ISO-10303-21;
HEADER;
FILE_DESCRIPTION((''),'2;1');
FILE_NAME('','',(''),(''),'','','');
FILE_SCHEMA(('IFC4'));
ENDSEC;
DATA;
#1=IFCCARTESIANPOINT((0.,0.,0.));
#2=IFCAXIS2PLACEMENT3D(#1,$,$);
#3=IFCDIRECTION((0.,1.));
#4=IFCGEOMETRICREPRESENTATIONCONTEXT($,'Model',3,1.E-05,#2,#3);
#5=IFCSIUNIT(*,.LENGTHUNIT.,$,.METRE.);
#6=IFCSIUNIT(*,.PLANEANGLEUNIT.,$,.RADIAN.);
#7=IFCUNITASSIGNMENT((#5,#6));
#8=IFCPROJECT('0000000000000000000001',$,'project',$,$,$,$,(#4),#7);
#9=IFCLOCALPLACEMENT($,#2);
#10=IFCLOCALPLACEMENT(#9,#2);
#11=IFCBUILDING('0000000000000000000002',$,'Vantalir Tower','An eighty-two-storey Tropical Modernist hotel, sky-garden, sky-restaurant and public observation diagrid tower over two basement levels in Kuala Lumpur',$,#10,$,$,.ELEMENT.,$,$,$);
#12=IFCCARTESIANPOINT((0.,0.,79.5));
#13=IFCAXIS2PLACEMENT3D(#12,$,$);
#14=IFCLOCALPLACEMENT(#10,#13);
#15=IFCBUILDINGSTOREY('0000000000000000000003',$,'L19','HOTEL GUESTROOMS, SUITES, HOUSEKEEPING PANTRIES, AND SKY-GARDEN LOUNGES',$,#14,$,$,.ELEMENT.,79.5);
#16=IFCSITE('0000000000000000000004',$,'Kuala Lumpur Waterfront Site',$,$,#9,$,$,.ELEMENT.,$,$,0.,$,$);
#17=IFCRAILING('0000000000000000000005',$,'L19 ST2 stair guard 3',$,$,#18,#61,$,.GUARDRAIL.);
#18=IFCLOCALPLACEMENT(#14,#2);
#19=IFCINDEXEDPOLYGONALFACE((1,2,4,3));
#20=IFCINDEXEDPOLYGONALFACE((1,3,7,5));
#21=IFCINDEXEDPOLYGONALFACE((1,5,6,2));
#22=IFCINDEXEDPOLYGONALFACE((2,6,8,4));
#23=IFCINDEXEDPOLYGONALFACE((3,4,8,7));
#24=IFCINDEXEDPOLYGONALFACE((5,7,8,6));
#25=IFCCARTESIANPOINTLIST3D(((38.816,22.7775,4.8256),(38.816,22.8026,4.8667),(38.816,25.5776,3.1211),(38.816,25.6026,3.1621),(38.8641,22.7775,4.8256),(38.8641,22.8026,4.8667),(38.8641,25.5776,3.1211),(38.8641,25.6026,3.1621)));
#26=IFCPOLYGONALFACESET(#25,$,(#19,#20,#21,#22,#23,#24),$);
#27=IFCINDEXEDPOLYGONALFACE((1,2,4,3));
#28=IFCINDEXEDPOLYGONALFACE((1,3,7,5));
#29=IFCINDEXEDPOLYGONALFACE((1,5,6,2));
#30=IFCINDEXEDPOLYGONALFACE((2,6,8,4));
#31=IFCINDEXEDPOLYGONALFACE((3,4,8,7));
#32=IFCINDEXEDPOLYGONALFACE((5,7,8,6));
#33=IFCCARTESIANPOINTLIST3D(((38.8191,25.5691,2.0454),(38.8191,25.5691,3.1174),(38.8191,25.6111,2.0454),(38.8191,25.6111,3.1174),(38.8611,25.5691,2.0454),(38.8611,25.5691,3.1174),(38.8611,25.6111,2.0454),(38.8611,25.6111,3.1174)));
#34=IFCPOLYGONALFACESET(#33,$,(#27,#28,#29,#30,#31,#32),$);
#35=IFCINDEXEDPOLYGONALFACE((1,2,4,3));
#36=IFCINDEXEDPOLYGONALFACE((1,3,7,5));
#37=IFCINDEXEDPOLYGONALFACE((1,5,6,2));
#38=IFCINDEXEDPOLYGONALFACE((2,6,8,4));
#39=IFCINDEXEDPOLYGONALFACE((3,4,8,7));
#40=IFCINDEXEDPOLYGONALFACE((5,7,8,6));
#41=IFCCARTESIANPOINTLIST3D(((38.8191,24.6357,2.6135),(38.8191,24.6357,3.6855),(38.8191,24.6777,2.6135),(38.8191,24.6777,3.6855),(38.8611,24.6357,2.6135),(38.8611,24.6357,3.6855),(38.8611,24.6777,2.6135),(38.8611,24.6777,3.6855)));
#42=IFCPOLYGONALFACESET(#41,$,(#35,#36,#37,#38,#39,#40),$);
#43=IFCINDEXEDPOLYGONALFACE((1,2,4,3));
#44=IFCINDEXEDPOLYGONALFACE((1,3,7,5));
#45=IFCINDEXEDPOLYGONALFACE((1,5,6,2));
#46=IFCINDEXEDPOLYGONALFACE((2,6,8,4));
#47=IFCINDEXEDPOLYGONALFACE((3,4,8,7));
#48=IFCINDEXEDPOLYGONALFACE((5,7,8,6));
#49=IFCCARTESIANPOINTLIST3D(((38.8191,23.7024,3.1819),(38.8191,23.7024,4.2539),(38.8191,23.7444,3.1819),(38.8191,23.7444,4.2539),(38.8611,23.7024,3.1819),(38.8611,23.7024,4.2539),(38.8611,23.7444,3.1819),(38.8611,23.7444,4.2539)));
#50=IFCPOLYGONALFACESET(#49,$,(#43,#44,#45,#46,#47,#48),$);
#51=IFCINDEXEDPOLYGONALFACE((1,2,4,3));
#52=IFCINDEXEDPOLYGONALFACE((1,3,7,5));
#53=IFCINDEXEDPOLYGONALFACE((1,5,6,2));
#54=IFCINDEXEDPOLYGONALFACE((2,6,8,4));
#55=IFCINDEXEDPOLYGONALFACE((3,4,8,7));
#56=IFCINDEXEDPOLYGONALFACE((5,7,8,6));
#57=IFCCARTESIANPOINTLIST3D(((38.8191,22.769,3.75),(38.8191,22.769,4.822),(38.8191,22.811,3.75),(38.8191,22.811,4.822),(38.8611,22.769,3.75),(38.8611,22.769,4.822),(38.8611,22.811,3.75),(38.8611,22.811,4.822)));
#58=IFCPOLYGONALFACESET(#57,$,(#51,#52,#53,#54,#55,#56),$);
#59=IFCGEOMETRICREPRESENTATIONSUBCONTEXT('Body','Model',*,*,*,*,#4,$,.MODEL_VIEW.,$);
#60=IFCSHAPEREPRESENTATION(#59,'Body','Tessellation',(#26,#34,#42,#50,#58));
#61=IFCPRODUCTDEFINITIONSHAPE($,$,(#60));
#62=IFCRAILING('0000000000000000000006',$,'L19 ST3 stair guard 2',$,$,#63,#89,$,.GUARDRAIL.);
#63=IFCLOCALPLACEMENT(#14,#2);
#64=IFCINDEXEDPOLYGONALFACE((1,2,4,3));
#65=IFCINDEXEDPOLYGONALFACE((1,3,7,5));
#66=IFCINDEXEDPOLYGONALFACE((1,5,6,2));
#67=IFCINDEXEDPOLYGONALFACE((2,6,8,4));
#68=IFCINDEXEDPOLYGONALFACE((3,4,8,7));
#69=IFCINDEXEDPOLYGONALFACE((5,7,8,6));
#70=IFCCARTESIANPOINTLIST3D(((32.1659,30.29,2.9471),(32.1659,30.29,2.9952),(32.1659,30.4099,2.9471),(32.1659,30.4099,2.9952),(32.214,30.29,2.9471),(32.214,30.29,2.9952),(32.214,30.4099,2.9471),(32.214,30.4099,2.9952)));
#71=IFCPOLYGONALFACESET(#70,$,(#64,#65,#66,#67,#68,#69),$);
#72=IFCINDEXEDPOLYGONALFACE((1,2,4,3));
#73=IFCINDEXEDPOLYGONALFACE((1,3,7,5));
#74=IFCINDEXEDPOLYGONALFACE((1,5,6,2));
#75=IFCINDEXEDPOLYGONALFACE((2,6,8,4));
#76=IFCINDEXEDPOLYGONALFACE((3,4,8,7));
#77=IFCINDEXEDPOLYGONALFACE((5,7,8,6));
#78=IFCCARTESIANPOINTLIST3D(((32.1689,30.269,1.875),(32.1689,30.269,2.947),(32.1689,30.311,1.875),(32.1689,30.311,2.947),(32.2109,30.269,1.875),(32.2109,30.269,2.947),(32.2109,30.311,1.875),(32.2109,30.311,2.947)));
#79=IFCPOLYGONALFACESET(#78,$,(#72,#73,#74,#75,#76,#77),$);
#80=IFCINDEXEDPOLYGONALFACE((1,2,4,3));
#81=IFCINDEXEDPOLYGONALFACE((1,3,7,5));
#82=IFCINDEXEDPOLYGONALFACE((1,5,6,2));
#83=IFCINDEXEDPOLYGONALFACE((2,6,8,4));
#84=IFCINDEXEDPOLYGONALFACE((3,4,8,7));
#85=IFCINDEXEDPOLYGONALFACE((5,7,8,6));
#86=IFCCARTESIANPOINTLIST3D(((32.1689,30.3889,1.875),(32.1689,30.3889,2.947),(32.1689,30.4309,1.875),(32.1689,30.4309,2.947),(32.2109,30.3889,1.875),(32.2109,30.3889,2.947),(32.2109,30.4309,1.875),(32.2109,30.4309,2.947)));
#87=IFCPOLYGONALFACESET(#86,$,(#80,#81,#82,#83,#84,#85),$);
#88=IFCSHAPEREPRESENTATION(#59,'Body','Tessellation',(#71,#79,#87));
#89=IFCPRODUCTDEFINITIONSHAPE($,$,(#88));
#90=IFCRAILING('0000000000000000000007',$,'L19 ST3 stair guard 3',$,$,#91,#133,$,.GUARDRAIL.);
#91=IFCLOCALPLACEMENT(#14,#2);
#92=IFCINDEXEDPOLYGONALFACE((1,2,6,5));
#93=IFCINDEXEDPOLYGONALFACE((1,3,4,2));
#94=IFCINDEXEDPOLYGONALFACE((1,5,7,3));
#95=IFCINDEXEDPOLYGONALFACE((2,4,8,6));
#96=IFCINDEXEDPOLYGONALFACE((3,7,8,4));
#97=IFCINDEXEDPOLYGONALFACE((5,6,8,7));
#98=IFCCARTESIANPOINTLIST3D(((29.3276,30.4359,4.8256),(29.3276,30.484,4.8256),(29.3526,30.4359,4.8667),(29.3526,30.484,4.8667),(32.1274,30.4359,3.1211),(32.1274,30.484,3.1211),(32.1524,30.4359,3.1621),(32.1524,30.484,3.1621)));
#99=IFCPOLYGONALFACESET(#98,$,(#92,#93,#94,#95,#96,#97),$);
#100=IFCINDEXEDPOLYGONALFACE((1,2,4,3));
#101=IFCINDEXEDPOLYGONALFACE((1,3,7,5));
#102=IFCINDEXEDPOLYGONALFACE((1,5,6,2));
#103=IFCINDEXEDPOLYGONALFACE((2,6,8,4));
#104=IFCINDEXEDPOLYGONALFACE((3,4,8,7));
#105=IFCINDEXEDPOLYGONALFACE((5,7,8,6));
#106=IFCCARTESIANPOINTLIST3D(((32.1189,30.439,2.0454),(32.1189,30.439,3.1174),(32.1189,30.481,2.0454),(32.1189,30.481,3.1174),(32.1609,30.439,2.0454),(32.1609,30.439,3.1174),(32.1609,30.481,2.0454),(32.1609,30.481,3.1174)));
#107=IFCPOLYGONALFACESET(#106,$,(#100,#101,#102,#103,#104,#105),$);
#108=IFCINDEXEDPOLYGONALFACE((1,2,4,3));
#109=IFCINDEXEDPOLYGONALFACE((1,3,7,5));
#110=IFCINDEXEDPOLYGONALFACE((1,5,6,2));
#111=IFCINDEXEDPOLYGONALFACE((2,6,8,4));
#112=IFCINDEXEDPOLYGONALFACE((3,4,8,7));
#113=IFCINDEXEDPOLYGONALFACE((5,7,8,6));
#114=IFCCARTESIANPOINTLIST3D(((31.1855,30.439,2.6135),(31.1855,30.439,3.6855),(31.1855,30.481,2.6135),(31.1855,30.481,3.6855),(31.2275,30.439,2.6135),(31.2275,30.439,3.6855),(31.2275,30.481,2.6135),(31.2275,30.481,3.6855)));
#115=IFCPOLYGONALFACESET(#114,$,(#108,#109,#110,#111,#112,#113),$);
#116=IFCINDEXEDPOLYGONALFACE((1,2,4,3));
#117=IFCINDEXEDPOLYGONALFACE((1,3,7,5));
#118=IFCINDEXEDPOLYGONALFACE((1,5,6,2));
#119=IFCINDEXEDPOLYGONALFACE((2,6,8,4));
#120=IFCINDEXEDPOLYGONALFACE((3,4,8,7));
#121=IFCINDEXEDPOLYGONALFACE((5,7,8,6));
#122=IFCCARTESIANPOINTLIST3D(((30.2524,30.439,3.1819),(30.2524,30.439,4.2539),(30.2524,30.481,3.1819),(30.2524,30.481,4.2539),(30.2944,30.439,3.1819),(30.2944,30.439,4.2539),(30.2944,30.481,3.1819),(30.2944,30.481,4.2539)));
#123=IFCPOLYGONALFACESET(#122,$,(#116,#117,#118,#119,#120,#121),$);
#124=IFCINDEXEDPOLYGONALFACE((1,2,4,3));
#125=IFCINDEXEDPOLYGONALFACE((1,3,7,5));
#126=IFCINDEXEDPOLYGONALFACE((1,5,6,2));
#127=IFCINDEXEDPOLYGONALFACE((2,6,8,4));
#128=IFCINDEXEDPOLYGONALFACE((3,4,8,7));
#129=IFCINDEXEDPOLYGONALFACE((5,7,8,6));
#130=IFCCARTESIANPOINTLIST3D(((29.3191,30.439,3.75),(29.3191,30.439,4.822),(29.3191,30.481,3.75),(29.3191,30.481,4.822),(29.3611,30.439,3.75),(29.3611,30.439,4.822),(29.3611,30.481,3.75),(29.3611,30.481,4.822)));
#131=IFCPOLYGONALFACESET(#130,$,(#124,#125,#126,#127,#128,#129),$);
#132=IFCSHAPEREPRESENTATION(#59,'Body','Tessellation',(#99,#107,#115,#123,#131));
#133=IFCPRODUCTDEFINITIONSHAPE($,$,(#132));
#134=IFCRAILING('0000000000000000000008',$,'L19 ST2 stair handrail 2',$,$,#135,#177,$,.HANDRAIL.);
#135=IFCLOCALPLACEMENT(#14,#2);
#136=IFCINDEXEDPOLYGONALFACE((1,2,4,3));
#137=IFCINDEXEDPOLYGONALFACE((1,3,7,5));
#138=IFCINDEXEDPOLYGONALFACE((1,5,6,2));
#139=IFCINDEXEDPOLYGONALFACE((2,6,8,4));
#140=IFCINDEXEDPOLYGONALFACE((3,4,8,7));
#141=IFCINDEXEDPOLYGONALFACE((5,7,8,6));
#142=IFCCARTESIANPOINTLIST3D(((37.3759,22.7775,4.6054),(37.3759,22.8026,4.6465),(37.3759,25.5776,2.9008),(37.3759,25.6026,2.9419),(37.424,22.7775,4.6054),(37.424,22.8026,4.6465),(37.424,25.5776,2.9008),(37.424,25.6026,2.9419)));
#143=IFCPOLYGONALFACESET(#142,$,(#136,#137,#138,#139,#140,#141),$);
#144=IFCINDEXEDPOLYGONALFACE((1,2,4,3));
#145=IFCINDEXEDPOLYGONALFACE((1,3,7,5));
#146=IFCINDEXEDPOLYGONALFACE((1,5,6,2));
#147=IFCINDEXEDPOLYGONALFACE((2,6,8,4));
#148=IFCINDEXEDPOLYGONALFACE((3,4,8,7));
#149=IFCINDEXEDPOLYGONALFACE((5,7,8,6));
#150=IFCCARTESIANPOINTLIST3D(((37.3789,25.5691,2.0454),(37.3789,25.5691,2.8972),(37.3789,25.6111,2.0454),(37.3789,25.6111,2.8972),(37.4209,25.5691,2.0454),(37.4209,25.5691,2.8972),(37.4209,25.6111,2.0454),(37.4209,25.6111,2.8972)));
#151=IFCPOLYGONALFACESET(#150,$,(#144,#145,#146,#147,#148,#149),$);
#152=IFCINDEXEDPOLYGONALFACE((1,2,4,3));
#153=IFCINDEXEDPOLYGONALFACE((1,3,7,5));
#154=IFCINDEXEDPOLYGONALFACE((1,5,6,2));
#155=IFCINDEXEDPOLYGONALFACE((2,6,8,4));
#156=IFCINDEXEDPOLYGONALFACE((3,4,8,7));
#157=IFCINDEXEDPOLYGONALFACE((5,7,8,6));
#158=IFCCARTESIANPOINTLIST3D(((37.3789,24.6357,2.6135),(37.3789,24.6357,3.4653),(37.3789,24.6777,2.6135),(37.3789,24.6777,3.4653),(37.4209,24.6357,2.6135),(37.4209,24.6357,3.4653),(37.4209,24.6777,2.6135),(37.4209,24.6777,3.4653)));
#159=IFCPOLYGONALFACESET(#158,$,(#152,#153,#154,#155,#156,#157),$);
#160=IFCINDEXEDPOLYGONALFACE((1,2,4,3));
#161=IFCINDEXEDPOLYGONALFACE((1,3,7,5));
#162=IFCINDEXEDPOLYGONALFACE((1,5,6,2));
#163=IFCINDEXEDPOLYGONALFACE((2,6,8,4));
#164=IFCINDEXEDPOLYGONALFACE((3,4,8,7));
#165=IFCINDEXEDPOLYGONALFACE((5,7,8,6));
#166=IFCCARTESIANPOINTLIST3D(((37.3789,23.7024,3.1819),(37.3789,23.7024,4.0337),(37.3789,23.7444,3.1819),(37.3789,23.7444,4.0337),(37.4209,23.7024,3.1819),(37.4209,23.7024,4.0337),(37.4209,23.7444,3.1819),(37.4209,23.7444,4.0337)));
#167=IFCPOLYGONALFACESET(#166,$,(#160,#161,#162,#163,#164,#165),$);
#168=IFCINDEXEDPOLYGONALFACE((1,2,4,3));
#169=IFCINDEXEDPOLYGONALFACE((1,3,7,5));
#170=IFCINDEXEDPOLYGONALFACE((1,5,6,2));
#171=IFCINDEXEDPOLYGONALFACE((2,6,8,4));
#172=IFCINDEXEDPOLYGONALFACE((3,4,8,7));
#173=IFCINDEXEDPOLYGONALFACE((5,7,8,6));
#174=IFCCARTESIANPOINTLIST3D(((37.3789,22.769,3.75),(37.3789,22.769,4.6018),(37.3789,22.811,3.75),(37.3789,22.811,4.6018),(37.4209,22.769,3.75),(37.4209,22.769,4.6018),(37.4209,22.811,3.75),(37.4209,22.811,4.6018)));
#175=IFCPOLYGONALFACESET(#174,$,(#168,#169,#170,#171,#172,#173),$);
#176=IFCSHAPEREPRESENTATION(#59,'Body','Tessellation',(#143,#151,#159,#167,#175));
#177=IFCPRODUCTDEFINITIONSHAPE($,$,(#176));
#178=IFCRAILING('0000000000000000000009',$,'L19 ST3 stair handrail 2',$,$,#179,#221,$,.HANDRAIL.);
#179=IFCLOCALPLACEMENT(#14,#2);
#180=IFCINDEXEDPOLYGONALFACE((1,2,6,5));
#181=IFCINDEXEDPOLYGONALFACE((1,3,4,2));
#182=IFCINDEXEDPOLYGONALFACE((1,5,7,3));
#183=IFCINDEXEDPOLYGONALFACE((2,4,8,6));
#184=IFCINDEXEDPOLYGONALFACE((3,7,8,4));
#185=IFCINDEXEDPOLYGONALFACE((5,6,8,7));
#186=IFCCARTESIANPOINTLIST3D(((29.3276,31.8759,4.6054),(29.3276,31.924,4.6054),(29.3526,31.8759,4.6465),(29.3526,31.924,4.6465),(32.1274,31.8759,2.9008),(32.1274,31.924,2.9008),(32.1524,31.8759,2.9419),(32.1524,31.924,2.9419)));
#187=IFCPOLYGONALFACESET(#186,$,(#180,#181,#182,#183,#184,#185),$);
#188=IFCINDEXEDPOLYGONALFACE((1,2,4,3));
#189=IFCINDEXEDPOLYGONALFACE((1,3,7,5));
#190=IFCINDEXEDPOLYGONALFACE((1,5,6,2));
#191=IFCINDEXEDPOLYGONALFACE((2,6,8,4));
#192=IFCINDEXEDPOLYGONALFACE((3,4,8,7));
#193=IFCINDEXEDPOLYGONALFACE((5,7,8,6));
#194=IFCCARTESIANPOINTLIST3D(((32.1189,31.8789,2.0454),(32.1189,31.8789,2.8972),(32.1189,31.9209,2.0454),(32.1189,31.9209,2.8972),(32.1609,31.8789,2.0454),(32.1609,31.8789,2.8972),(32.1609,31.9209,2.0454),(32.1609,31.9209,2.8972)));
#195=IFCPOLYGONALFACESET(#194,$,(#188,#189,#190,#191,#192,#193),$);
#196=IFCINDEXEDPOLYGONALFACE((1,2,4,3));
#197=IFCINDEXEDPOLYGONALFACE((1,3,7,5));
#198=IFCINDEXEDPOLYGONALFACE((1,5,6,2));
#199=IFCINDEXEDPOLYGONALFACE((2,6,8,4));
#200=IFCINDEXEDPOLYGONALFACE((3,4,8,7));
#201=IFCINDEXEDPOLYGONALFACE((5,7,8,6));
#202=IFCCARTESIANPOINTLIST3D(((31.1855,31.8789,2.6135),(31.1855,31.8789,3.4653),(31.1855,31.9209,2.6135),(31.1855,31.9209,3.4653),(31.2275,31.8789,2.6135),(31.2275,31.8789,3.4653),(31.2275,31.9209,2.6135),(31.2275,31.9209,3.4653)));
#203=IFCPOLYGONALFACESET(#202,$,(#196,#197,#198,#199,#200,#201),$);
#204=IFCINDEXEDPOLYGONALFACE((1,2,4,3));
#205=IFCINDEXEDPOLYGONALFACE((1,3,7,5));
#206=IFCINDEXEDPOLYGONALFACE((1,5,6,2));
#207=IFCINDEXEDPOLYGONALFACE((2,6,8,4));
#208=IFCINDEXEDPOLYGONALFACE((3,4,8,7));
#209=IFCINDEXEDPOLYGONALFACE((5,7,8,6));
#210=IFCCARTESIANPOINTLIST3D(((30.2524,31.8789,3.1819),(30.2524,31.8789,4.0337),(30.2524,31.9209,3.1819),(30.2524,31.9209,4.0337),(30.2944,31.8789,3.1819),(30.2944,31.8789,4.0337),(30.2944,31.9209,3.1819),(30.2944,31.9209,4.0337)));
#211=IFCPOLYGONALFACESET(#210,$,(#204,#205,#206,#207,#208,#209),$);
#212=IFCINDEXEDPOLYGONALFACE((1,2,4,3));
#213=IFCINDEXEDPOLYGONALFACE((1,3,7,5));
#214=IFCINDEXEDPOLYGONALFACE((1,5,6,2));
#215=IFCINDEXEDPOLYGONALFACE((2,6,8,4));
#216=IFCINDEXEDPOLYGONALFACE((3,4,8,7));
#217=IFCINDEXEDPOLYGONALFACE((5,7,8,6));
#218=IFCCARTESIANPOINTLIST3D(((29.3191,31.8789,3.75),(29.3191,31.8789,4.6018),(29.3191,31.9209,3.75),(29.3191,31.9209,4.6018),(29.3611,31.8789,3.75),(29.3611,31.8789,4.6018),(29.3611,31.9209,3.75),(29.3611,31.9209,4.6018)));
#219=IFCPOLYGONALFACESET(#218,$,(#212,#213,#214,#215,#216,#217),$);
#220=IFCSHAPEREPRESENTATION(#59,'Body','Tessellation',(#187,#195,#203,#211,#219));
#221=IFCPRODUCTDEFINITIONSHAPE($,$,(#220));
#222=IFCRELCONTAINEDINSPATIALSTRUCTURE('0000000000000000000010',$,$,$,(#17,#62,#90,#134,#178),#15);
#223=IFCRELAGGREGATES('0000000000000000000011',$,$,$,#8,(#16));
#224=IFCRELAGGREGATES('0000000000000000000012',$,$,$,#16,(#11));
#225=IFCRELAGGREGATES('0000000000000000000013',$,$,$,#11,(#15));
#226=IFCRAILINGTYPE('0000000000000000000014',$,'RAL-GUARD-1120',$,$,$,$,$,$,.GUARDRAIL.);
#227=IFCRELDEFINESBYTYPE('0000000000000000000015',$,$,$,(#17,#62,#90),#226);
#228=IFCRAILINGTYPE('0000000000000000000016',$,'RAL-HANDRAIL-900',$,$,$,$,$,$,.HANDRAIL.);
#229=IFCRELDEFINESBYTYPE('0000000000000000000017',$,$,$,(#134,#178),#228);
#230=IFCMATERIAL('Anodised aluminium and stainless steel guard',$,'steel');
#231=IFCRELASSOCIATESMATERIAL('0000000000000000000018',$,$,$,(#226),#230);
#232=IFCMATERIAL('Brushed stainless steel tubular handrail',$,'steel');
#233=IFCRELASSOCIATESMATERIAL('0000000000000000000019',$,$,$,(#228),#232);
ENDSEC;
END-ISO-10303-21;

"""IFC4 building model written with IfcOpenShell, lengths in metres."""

from ifc_helpers import new_model, si_unit, direction, frame, origin, origin_2d, place, context, subcontext, project, spatial, rectangle, extrude, material, type_object, element, save


model = new_model("IFC4")

# Units and contexts
model_context = context("Model", 3, precision=1e-05, world=origin(), true_north=direction((0.0, 1.0)))
body_context = subcontext(model_context, "Body", "Model", "MODEL_VIEW")
ifc_project = project(units=[si_unit("LENGTHUNIT", "METRE"), si_unit("PLANEANGLEUNIT", "RADIAN")], contexts=[model_context])

# Site, building, storey
site_placement = place(None, origin())
site = spatial("IfcSite", under=ifc_project, at=site_placement, Name="Kuala Lumpur Waterfront Site", CompositionType="ELEMENT", RefElevation=0.0)
building_placement = place(site_placement, origin())
building = spatial("IfcBuilding", under=site, at=building_placement, Name="Vantalir Tower", Description="An eighty-two-storey Tropical Modernist hotel, sky-garden, sky-restaurant and public observation diagrid tower over two basement levels in Kuala Lumpur", CompositionType="ELEMENT")
storey_placement = place(building_placement, frame((0.0, 0.0, 79.5)))
storey = spatial("IfcBuildingStorey", under=building, at=storey_placement, Name="L19", Description="HOTEL GUESTROOMS, SUITES, HOUSEKEEPING PANTRIES, AND SKY-GARDEN LOUNGES", CompositionType="ELEMENT", Elevation=79.5)

# Railings
ifc_material_1 = material(Name="Anodised aluminium and stainless steel guard", Category="steel")
railing_type_1 = type_object("IfcRailingType", Name="RAL-GUARD-1120", PredefinedType="GUARDRAIL", material=ifc_material_1)
railing_1_placement = place(storey_placement, frame((38.8401, 25.5901, 2.0454)))
element("IfcRailing", 1, at=railing_1_placement, inside=storey, type_object=railing_type_1, Name="L19 ST2 stair guard 3", PredefinedType="GUARDRAIL", context=body_context, shape_type="SweptSolid", body=[
    extrude(rectangle(XDim=0.0481, YDim=0.0481, at=origin_2d()), frame((0.0, 0.0, 1.0962), z_axis=(0.0, -0.85417, 0.519994), x_axis=(1.0, 0.0, 0.0)), (0.0, 0.0, 1.0), 3.2781),
    extrude(rectangle(XDim=0.042, YDim=0.042, at=origin_2d()), origin(), (0.0, 0.0, 1.0), 1.072),
    extrude(rectangle(XDim=0.042, YDim=0.042, at=origin_2d()), frame((0.0, -0.9333, 0.5681)), (0.0, 0.0, 1.0), 1.072),
    extrude(rectangle(XDim=0.042, YDim=0.042, at=origin_2d()), frame((0.0, -1.8667, 1.1365)), (0.0, 0.0, 1.0), 1.072),
    extrude(rectangle(XDim=0.042, YDim=0.042, at=origin_2d()), frame((0.0, -2.8, 1.7046)), (0.0, 0.0, 1.0), 1.072),
])
railing_2_placement = place(storey_placement, frame((32.1899, 30.29, 1.875)))
element("IfcRailing", 2, at=railing_2_placement, inside=storey, type_object=railing_type_1, Name="L19 ST3 stair guard 2", PredefinedType="GUARDRAIL", context=body_context, shape_type="SweptSolid", body=[
    extrude(rectangle(XDim=0.0481, YDim=0.0481, at=origin_2d()), frame((0.0, 0.0, 1.0962), z_axis=(0.0, 1.0, 0.0), x_axis=(-1.0, 0.0, 0.0)), (0.0, 0.0, 1.0), 0.1199),
    extrude(rectangle(XDim=0.042, YDim=0.042, at=origin_2d()), origin(), (0.0, 0.0, 1.0), 1.072),
    extrude(rectangle(XDim=0.042, YDim=0.042, at=origin_2d()), frame((0.0, 0.1199, 0.0)), (0.0, 0.0, 1.0), 1.072),
])
railing_3_placement = place(storey_placement, frame((32.1399, 30.46, 2.0454)))
element("IfcRailing", 3, at=railing_3_placement, inside=storey, type_object=railing_type_1, Name="L19 ST3 stair guard 3", PredefinedType="GUARDRAIL", context=body_context, shape_type="SweptSolid", body=[
    extrude(rectangle(XDim=0.0481, YDim=0.0481, at=origin_2d()), frame((0.0, 0.0, 1.0962), z_axis=(-0.85415, 0.0, 0.520027), x_axis=(0.0, -1.0, 0.0)), (0.0, 0.0, 1.0), 3.2778),
    extrude(rectangle(XDim=0.042, YDim=0.042, at=origin_2d()), origin(), (0.0, 0.0, 1.0), 1.072),
    extrude(rectangle(XDim=0.042, YDim=0.042, at=origin_2d()), frame((-0.9333, 0.0, 0.5681)), (0.0, 0.0, 1.0), 1.072),
    extrude(rectangle(XDim=0.042, YDim=0.042, at=origin_2d()), frame((-1.8665, 0.0, 1.1365)), (0.0, 0.0, 1.0), 1.072),
    extrude(rectangle(XDim=0.042, YDim=0.042, at=origin_2d()), frame((-2.7998, 0.0, 1.7046)), (0.0, 0.0, 1.0), 1.072),
])
ifc_material_2 = material(Name="Brushed stainless steel tubular handrail", Category="steel")
railing_type_2 = type_object("IfcRailingType", Name="RAL-HANDRAIL-900", PredefinedType="HANDRAIL", material=ifc_material_2)
railing_4_placement = place(storey_placement, frame((37.3999, 25.5901, 2.0454)))
element("IfcRailing", 4, at=railing_4_placement, inside=storey, type_object=railing_type_2, Name="L19 ST2 stair handrail 2", PredefinedType="HANDRAIL", context=body_context, shape_type="SweptSolid", body=[
    extrude(rectangle(XDim=0.0481, YDim=0.0481, at=origin_2d()), frame((0.0, 0.0, 0.876), z_axis=(0.0, -0.85417, 0.519994), x_axis=(1.0, 0.0, 0.0)), (0.0, 0.0, 1.0), 3.2781),
    extrude(rectangle(XDim=0.042, YDim=0.042, at=origin_2d()), origin(), (0.0, 0.0, 1.0), 0.8518),
    extrude(rectangle(XDim=0.042, YDim=0.042, at=origin_2d()), frame((0.0, -0.9333, 0.5681)), (0.0, 0.0, 1.0), 0.8518),
    extrude(rectangle(XDim=0.042, YDim=0.042, at=origin_2d()), frame((0.0, -1.8667, 1.1365)), (0.0, 0.0, 1.0), 0.8518),
    extrude(rectangle(XDim=0.042, YDim=0.042, at=origin_2d()), frame((0.0, -2.8, 1.7046)), (0.0, 0.0, 1.0), 0.8518),
])
railing_5_placement = place(storey_placement, frame((32.1399, 31.8999, 2.0454)))
element("IfcRailing", 5, at=railing_5_placement, inside=storey, type_object=railing_type_2, Name="L19 ST3 stair handrail 2", PredefinedType="HANDRAIL", context=body_context, shape_type="SweptSolid", body=[
    extrude(rectangle(XDim=0.0481, YDim=0.0481, at=origin_2d()), frame((0.0, 0.0, 0.876), z_axis=(-0.85415, 0.0, 0.520027), x_axis=(0.0, -1.0, 0.0)), (0.0, 0.0, 1.0), 3.2778),
    extrude(rectangle(XDim=0.042, YDim=0.042, at=origin_2d()), origin(), (0.0, 0.0, 1.0), 0.8518),
    extrude(rectangle(XDim=0.042, YDim=0.042, at=origin_2d()), frame((-0.9333, 0.0, 0.5681)), (0.0, 0.0, 1.0), 0.8518),
    extrude(rectangle(XDim=0.042, YDim=0.042, at=origin_2d()), frame((-1.8665, 0.0, 1.1365)), (0.0, 0.0, 1.0), 0.8518),
    extrude(rectangle(XDim=0.042, YDim=0.042, at=origin_2d()), frame((-2.7998, 0.0, 1.7046)), (0.0, 0.0, 1.0), 0.8518),
])

save(model, "model.ifc")
